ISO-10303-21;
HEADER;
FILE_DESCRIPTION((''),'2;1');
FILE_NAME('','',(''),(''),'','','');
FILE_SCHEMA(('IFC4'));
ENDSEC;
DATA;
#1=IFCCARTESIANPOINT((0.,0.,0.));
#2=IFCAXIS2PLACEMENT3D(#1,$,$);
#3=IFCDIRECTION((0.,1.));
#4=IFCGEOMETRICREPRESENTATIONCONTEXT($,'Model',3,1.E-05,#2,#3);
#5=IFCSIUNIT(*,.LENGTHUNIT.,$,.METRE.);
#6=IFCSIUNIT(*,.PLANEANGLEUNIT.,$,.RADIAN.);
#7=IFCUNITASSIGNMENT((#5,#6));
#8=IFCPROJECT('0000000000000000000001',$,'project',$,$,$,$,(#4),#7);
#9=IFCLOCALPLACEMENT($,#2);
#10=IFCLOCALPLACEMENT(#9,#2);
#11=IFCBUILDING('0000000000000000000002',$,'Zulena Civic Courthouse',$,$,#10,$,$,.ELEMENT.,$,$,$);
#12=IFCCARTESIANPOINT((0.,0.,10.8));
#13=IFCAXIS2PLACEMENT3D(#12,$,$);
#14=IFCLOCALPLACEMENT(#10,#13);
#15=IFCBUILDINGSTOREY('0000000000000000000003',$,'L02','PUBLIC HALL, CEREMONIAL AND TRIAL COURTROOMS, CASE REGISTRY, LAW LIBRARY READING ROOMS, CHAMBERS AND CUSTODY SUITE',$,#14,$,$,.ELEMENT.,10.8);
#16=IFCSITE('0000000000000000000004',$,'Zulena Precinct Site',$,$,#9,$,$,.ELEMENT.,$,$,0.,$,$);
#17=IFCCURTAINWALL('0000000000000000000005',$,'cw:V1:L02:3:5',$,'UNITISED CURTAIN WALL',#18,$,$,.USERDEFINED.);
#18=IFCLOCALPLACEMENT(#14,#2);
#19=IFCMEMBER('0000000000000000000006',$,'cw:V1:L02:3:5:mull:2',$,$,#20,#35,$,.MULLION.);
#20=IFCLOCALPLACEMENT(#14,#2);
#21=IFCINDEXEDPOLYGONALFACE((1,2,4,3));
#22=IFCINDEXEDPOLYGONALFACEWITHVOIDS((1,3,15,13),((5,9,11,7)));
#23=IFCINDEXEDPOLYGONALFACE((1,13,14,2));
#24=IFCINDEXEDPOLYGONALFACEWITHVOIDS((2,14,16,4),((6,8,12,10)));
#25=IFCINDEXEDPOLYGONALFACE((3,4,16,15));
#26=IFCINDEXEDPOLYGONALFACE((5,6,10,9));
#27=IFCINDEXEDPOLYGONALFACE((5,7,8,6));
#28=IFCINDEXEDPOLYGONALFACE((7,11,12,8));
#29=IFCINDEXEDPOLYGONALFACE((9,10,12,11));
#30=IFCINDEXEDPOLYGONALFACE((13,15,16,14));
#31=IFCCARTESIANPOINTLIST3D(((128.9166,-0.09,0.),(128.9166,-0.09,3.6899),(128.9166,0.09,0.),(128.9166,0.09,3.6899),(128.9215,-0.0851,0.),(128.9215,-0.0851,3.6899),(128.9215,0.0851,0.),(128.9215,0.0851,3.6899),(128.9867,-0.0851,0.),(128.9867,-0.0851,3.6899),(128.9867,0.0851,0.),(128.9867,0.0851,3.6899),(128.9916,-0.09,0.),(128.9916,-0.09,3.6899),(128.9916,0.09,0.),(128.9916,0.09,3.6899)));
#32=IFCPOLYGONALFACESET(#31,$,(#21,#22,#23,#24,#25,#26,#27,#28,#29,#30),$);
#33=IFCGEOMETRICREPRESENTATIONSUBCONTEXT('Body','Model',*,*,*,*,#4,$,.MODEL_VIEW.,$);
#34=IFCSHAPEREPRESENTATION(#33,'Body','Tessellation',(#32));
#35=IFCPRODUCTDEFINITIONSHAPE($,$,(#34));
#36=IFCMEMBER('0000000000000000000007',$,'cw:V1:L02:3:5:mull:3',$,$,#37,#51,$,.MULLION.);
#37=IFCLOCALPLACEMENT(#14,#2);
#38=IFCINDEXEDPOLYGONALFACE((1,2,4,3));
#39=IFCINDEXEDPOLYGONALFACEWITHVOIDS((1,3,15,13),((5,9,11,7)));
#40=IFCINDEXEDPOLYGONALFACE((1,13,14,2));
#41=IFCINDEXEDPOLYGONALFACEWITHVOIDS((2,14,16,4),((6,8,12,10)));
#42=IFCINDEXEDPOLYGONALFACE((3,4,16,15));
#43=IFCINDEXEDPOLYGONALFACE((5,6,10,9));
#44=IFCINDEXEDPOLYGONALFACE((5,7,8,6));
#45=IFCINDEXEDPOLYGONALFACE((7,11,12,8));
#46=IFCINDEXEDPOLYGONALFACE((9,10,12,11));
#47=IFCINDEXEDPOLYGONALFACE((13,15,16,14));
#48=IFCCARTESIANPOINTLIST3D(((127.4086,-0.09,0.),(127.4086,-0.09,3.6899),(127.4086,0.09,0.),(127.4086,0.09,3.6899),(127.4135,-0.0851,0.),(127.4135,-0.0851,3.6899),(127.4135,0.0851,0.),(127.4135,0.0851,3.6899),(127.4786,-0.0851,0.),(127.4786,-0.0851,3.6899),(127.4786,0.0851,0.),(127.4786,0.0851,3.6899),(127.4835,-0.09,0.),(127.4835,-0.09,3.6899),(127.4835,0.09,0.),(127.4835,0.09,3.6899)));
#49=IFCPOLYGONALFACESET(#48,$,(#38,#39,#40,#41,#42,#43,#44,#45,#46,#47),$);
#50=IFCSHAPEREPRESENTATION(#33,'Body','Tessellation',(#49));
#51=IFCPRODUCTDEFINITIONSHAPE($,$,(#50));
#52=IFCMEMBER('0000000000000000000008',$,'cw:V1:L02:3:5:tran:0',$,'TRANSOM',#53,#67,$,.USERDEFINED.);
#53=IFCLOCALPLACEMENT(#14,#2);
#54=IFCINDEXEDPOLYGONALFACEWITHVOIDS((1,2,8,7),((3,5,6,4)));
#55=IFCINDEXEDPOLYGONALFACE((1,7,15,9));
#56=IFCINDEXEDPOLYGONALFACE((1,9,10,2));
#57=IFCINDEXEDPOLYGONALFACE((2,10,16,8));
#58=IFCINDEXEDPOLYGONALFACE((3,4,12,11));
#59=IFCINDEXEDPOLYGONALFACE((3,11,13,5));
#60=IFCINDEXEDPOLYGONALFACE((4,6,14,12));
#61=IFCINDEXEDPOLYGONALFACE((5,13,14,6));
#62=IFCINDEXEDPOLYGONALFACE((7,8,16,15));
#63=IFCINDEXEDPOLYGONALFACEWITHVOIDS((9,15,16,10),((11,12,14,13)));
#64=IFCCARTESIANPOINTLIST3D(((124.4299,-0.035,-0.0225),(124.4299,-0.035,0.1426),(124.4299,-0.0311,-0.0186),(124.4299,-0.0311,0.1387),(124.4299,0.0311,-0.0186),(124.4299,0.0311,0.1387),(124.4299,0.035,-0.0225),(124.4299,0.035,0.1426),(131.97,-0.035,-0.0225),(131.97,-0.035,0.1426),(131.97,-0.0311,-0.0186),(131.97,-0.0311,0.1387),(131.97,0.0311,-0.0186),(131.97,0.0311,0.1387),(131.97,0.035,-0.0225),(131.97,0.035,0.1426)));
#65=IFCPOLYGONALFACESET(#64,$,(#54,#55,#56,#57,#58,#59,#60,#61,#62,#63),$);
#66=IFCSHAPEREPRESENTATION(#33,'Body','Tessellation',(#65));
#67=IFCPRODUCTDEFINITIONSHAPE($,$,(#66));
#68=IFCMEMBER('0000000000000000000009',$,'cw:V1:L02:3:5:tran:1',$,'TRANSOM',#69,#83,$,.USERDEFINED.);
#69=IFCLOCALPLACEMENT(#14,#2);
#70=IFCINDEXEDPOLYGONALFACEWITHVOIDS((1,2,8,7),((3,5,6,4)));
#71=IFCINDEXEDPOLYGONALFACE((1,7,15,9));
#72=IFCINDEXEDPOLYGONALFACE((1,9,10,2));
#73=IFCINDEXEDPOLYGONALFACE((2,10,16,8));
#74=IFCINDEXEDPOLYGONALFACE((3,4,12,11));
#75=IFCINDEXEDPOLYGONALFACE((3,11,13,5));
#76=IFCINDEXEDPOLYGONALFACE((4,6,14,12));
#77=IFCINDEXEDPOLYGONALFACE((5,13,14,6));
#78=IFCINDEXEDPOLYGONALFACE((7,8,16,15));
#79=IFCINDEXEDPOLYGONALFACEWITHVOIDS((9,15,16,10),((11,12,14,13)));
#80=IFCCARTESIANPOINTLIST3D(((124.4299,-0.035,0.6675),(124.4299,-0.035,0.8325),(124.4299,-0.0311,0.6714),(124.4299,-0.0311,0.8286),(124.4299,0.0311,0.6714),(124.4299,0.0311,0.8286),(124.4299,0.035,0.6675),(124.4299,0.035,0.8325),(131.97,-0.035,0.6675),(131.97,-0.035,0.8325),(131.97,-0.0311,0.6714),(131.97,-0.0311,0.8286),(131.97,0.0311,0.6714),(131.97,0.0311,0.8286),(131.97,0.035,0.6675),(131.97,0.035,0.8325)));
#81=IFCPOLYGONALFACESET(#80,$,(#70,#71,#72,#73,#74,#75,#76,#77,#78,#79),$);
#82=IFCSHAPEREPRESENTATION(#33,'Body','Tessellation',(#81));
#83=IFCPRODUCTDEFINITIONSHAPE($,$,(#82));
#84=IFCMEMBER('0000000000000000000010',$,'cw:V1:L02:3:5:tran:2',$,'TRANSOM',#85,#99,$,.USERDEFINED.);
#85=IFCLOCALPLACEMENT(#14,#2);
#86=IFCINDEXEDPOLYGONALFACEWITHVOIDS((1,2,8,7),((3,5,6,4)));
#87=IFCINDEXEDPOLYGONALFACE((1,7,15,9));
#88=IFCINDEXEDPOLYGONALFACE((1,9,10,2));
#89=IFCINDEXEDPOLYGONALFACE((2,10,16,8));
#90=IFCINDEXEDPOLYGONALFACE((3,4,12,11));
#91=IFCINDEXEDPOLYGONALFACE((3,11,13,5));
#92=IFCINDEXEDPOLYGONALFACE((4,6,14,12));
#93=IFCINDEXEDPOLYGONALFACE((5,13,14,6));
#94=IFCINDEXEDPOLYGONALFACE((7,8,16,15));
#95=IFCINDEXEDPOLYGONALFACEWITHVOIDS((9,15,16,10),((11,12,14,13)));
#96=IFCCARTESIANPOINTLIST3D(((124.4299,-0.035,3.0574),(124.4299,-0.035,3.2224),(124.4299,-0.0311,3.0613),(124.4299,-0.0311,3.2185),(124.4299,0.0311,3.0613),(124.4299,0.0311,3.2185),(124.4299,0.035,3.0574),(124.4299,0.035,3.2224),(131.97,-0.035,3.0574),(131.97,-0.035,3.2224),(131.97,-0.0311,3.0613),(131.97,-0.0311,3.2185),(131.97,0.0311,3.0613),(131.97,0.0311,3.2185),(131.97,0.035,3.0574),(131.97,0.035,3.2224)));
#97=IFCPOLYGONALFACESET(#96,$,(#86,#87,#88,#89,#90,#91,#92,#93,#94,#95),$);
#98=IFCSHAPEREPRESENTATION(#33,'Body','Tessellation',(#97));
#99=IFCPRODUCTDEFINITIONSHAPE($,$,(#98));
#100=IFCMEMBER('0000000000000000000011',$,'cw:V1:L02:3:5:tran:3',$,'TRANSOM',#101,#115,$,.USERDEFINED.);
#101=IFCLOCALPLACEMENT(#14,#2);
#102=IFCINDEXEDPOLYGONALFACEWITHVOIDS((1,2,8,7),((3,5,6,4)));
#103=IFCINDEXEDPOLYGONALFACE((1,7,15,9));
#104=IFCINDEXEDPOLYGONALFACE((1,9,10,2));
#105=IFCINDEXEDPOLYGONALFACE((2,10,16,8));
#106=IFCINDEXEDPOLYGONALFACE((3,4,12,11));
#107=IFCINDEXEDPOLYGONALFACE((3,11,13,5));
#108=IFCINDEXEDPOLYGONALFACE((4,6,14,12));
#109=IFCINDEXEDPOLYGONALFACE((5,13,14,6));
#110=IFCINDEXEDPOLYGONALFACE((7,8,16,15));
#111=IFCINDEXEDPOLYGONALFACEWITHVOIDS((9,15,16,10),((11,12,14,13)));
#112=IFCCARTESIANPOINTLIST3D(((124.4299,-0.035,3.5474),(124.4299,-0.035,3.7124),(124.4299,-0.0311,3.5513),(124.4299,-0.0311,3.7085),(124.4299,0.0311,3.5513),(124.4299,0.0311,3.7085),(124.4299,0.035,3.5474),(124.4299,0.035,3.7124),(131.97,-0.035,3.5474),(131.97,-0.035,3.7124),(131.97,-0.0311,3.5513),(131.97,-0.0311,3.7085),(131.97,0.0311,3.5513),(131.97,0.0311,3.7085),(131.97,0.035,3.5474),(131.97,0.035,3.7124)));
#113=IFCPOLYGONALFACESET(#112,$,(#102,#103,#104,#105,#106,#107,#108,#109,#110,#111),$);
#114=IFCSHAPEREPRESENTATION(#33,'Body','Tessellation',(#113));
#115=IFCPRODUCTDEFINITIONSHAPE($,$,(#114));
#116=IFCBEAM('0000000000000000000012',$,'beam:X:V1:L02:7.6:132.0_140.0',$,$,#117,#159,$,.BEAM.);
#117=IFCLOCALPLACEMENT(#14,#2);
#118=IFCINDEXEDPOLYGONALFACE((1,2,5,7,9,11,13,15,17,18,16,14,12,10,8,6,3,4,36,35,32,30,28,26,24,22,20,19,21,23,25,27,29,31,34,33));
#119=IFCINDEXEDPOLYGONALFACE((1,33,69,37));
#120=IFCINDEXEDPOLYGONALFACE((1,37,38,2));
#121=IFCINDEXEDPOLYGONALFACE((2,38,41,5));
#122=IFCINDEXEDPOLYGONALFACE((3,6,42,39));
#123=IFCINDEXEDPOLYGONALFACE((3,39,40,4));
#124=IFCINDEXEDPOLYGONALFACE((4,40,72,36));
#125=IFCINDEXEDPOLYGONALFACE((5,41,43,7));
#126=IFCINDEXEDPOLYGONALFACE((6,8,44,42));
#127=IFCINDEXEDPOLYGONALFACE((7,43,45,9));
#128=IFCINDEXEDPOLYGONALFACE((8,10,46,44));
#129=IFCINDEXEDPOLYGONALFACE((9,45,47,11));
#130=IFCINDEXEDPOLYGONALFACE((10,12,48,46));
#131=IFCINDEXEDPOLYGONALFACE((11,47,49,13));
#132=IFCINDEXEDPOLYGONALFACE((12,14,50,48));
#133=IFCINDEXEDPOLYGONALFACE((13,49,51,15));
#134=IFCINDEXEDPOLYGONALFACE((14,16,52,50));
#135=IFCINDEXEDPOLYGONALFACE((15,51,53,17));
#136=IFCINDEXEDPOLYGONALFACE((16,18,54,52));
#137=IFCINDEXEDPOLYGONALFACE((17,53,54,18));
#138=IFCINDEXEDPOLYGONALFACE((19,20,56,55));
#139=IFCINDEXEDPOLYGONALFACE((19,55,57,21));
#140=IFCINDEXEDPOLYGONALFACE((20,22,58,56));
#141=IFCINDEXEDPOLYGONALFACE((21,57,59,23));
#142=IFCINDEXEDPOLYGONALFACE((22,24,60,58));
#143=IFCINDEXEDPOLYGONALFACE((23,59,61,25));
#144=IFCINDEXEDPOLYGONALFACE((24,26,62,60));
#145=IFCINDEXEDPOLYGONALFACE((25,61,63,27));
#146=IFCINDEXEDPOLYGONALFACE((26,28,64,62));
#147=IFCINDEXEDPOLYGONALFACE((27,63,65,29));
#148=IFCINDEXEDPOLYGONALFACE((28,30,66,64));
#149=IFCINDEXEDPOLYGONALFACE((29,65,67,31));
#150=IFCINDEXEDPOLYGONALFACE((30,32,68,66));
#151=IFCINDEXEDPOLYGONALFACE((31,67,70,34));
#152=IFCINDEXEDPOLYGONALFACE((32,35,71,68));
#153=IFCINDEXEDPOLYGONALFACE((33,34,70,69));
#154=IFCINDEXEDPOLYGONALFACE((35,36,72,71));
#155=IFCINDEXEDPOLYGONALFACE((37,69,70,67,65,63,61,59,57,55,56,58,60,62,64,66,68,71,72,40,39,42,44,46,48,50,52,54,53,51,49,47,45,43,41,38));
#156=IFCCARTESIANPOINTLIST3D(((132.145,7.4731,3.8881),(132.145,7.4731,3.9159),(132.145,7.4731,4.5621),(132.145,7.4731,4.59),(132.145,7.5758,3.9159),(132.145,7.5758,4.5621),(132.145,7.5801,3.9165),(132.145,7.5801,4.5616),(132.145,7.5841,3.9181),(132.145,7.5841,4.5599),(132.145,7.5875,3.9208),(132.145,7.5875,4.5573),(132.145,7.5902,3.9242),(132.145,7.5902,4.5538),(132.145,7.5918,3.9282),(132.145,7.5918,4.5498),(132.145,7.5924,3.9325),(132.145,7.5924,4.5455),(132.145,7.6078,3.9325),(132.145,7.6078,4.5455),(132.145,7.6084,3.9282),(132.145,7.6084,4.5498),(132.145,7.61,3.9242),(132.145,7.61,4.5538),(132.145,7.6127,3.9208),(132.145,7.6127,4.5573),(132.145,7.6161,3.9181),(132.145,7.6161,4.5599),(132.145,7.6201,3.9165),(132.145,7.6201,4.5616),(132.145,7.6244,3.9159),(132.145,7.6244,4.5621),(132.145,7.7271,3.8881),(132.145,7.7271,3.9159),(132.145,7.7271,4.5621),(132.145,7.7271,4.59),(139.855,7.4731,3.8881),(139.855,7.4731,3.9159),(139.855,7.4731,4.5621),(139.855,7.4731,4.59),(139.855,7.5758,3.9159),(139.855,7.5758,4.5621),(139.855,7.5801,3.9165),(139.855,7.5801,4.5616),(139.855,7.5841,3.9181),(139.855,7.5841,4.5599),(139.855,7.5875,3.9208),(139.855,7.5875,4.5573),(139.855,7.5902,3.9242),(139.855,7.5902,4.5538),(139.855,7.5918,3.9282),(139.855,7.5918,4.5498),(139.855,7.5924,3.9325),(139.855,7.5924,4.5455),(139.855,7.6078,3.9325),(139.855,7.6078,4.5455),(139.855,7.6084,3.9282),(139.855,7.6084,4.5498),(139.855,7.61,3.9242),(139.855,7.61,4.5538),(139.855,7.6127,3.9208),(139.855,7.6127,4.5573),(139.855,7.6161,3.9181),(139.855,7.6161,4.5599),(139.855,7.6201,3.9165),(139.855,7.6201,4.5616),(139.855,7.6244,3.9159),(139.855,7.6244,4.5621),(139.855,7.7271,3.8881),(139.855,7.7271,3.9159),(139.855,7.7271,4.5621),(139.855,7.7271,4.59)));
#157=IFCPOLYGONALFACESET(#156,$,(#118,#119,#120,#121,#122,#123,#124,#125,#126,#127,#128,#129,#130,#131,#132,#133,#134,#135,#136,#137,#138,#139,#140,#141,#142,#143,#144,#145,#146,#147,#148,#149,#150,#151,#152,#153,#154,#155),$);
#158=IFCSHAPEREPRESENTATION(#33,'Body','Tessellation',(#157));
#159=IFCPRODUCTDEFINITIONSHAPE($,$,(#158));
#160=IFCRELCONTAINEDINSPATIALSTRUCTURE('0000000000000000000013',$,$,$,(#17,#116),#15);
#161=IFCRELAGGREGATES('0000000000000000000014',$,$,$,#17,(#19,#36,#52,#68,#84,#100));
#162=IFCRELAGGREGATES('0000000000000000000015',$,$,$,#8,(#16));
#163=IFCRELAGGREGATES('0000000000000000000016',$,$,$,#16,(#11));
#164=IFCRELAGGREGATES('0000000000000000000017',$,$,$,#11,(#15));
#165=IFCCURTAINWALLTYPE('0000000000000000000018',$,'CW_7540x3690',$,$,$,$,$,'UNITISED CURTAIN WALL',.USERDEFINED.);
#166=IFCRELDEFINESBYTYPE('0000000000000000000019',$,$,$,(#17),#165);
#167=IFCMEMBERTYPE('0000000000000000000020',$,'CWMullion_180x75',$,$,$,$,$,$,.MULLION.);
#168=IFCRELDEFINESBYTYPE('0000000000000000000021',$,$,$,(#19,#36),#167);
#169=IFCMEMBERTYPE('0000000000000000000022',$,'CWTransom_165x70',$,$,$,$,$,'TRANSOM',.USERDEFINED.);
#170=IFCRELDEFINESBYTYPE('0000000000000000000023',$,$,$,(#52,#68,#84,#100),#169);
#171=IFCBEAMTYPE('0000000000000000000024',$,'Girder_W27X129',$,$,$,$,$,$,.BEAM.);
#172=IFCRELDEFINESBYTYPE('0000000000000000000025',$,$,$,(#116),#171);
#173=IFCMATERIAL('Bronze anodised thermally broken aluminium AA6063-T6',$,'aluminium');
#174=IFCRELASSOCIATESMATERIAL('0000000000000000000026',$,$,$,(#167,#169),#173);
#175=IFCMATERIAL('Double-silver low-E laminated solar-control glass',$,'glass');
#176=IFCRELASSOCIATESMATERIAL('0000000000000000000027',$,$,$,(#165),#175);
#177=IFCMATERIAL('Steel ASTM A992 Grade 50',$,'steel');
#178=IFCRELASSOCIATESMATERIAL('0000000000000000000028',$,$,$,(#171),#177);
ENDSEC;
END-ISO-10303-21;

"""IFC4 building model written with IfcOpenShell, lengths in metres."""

from ifc_helpers import new_model, si_unit, direction, frame, origin, origin_2d, place, context, subcontext, project, spatial, hollow_rectangle, i_section, extrude, material, material_profile, profile_set, type_object, element, aggregate, save


model = new_model("IFC4")

# Units and contexts
model_context = context("Model", 3, precision=1e-05, world=origin(), true_north=direction((0.0, 1.0)))
body_context = subcontext(model_context, "Body", "Model", "MODEL_VIEW")
ifc_project = project(units=[si_unit("LENGTHUNIT", "METRE"), si_unit("PLANEANGLEUNIT", "RADIAN")], contexts=[model_context])

# Site, building, storey
site_placement = place(None, origin())
site = spatial("IfcSite", under=ifc_project, at=site_placement, Name="Zulena Precinct Site", CompositionType="ELEMENT", RefElevation=0.0)
building_placement = place(site_placement, origin())
building = spatial("IfcBuilding", under=site, at=building_placement, Name="Zulena Civic Courthouse", CompositionType="ELEMENT")
storey_placement = place(building_placement, frame((0.0, 0.0, 10.8)))
storey = spatial("IfcBuildingStorey", under=building, at=storey_placement, Name="L02", Description="PUBLIC HALL, CEREMONIAL AND TRIAL COURTROOMS, CASE REGISTRY, LAW LIBRARY READING ROOMS, CHAMBERS AND CUSTODY SUITE", CompositionType="ELEMENT", Elevation=10.8)

# Shared definitions
ifc_material_1 = material(Name="Steel ASTM A992 Grade 50", Category="steel")

# Shared definitions
ifc_material_2 = material(Name="Double-silver low-E laminated solar-control glass", Category="glass")
ifc_material_3 = material(Name="Bronze anodised thermally broken aluminium AA6063-T6", Category="aluminium")
ifc_material_profile_1 = material_profile(ifc_material_3, hollow_rectangle(XDim=0.075, YDim=0.1799, WallThickness=0.0049, at=origin_2d()), Name="CWM180X75X5")
ifc_profile_set_1 = profile_set([ifc_material_profile_1], Name="Bronze anodised thermally broken aluminium AA6063-T6")
member_type_1 = type_object("IfcMemberType", Name="CWMullion_180x75", PredefinedType="MULLION", material=ifc_profile_set_1)

# Curtain wall, members
curtain_wall_type_1 = type_object("IfcCurtainWallType", Name="CW_7540x3690", ElementType="UNITISED CURTAIN WALL", PredefinedType="USERDEFINED", material=ifc_material_2)
curtain_wall_1_placement = place(storey_placement, origin())
curtain_wall_1 = element("IfcCurtainWall", 1, at=curtain_wall_1_placement, inside=storey, type_object=curtain_wall_type_1, Name="cw:V1:L02:3:5", ObjectType="UNITISED CURTAIN WALL", PredefinedType="USERDEFINED")
member_1_placement = place(storey_placement, frame((128.9541, 0.0, 0.0), z_axis=(0.0, 0.0, 1.0), x_axis=(1.0, 0.0, 0.0)))
member_1 = element("IfcMember", 2, at=member_1_placement, type_object=member_type_1, Name="cw:V1:L02:3:5:mull:2", PredefinedType="MULLION", context=body_context, shape_type="SweptSolid", body=[
    extrude(hollow_rectangle(XDim=0.075, YDim=0.1799, WallThickness=0.0049, at=origin_2d()), origin(), (0.0, 0.0, 1.0), 3.6899),
])
member_2_placement = place(storey_placement, frame((127.446, 0.0, 0.0), z_axis=(0.0, 0.0, 1.0), x_axis=(1.0, 0.0, 0.0)))
member_2 = element("IfcMember", 3, at=member_2_placement, type_object=member_type_1, Name="cw:V1:L02:3:5:mull:3", PredefinedType="MULLION", context=body_context, shape_type="SweptSolid", body=[
    extrude(hollow_rectangle(XDim=0.075, YDim=0.1799, WallThickness=0.0049, at=origin_2d()), origin(), (0.0, 0.0, 1.0), 3.6899),
])
ifc_material_profile_2 = material_profile(ifc_material_3, hollow_rectangle(XDim=0.0701, YDim=0.165, WallThickness=0.0039, at=origin_2d()), Name="CWT165X70X4")
ifc_profile_set_2 = profile_set([ifc_material_profile_2], Name="Bronze anodised thermally broken aluminium AA6063-T6")
member_type_2 = type_object("IfcMemberType", Name="CWTransom_165x70", ElementType="TRANSOM", PredefinedType="USERDEFINED", material=ifc_profile_set_2)
member_3_placement = place(storey_placement, frame((131.97, 0.0, 0.0601), z_axis=(-1.0, 0.0, 0.0), x_axis=(0.0, -1.0, 0.0)))
member_3 = element("IfcMember", 4, at=member_3_placement, type_object=member_type_2, Name="cw:V1:L02:3:5:tran:0", ObjectType="TRANSOM", PredefinedType="USERDEFINED", context=body_context, shape_type="SweptSolid", body=[
    extrude(hollow_rectangle(XDim=0.0701, YDim=0.165, WallThickness=0.0039, at=origin_2d()), origin(), (0.0, 0.0, 1.0), 7.54),
])
member_4_placement = place(storey_placement, frame((131.97, 0.0, 0.75), z_axis=(-1.0, 0.0, 0.0), x_axis=(0.0, -1.0, 0.0)))
member_4 = element("IfcMember", 5, at=member_4_placement, type_object=member_type_2, Name="cw:V1:L02:3:5:tran:1", ObjectType="TRANSOM", PredefinedType="USERDEFINED", context=body_context, shape_type="SweptSolid", body=[
    extrude(hollow_rectangle(XDim=0.0701, YDim=0.165, WallThickness=0.0039, at=origin_2d()), origin(), (0.0, 0.0, 1.0), 7.54),
])
member_5_placement = place(storey_placement, frame((131.97, 0.0, 3.1399), z_axis=(-1.0, 0.0, 0.0), x_axis=(0.0, -1.0, 0.0)))
member_5 = element("IfcMember", 6, at=member_5_placement, type_object=member_type_2, Name="cw:V1:L02:3:5:tran:2", ObjectType="TRANSOM", PredefinedType="USERDEFINED", context=body_context, shape_type="SweptSolid", body=[
    extrude(hollow_rectangle(XDim=0.0701, YDim=0.165, WallThickness=0.0039, at=origin_2d()), origin(), (0.0, 0.0, 1.0), 7.54),
])
member_6_placement = place(storey_placement, frame((131.97, 0.0, 3.6299), z_axis=(-1.0, 0.0, 0.0), x_axis=(0.0, -1.0, 0.0)))
member_6 = element("IfcMember", 7, at=member_6_placement, type_object=member_type_2, Name="cw:V1:L02:3:5:tran:3", ObjectType="TRANSOM", PredefinedType="USERDEFINED", context=body_context, shape_type="SweptSolid", body=[
    extrude(hollow_rectangle(XDim=0.0701, YDim=0.165, WallThickness=0.0039, at=origin_2d()), origin(), (0.0, 0.0, 1.0), 7.54),
])

# Beam
ifc_material_profile_3 = material_profile(ifc_material_1, i_section(OverallWidth=0.2539, OverallDepth=0.7019, WebThickness=0.0154, FlangeThickness=0.0278, FilletRadius=0.0166, at=origin_2d()), Name="W27X129")
ifc_profile_set_3 = profile_set([ifc_material_profile_3], Name="Steel ASTM A992 Grade 50")
beam_type_1 = type_object("IfcBeamType", Name="Girder_W27X129", PredefinedType="BEAM", material=ifc_profile_set_3)
beam_placement = place(storey_placement, frame((132.145, 7.6001, 4.239), z_axis=(1.0, 0.0, 0.0), x_axis=(0.0, 1.0, 0.0)))
element("IfcBeam", 8, at=beam_placement, inside=storey, type_object=beam_type_1, Name="beam:X:V1:L02:7.6:132.0_140.0", PredefinedType="BEAM", context=body_context, shape_type="SweptSolid", body=[
    extrude(i_section(OverallWidth=0.2539, OverallDepth=0.7019, WebThickness=0.0154, FlangeThickness=0.0278, FilletRadius=0.0166, at=origin_2d()), origin(), (0.0, 0.0, 1.0), 7.71),
])

aggregate(curtain_wall_1, [member_1, member_2, member_3, member_4, member_5, member_6])

save(model, "model.ifc")
